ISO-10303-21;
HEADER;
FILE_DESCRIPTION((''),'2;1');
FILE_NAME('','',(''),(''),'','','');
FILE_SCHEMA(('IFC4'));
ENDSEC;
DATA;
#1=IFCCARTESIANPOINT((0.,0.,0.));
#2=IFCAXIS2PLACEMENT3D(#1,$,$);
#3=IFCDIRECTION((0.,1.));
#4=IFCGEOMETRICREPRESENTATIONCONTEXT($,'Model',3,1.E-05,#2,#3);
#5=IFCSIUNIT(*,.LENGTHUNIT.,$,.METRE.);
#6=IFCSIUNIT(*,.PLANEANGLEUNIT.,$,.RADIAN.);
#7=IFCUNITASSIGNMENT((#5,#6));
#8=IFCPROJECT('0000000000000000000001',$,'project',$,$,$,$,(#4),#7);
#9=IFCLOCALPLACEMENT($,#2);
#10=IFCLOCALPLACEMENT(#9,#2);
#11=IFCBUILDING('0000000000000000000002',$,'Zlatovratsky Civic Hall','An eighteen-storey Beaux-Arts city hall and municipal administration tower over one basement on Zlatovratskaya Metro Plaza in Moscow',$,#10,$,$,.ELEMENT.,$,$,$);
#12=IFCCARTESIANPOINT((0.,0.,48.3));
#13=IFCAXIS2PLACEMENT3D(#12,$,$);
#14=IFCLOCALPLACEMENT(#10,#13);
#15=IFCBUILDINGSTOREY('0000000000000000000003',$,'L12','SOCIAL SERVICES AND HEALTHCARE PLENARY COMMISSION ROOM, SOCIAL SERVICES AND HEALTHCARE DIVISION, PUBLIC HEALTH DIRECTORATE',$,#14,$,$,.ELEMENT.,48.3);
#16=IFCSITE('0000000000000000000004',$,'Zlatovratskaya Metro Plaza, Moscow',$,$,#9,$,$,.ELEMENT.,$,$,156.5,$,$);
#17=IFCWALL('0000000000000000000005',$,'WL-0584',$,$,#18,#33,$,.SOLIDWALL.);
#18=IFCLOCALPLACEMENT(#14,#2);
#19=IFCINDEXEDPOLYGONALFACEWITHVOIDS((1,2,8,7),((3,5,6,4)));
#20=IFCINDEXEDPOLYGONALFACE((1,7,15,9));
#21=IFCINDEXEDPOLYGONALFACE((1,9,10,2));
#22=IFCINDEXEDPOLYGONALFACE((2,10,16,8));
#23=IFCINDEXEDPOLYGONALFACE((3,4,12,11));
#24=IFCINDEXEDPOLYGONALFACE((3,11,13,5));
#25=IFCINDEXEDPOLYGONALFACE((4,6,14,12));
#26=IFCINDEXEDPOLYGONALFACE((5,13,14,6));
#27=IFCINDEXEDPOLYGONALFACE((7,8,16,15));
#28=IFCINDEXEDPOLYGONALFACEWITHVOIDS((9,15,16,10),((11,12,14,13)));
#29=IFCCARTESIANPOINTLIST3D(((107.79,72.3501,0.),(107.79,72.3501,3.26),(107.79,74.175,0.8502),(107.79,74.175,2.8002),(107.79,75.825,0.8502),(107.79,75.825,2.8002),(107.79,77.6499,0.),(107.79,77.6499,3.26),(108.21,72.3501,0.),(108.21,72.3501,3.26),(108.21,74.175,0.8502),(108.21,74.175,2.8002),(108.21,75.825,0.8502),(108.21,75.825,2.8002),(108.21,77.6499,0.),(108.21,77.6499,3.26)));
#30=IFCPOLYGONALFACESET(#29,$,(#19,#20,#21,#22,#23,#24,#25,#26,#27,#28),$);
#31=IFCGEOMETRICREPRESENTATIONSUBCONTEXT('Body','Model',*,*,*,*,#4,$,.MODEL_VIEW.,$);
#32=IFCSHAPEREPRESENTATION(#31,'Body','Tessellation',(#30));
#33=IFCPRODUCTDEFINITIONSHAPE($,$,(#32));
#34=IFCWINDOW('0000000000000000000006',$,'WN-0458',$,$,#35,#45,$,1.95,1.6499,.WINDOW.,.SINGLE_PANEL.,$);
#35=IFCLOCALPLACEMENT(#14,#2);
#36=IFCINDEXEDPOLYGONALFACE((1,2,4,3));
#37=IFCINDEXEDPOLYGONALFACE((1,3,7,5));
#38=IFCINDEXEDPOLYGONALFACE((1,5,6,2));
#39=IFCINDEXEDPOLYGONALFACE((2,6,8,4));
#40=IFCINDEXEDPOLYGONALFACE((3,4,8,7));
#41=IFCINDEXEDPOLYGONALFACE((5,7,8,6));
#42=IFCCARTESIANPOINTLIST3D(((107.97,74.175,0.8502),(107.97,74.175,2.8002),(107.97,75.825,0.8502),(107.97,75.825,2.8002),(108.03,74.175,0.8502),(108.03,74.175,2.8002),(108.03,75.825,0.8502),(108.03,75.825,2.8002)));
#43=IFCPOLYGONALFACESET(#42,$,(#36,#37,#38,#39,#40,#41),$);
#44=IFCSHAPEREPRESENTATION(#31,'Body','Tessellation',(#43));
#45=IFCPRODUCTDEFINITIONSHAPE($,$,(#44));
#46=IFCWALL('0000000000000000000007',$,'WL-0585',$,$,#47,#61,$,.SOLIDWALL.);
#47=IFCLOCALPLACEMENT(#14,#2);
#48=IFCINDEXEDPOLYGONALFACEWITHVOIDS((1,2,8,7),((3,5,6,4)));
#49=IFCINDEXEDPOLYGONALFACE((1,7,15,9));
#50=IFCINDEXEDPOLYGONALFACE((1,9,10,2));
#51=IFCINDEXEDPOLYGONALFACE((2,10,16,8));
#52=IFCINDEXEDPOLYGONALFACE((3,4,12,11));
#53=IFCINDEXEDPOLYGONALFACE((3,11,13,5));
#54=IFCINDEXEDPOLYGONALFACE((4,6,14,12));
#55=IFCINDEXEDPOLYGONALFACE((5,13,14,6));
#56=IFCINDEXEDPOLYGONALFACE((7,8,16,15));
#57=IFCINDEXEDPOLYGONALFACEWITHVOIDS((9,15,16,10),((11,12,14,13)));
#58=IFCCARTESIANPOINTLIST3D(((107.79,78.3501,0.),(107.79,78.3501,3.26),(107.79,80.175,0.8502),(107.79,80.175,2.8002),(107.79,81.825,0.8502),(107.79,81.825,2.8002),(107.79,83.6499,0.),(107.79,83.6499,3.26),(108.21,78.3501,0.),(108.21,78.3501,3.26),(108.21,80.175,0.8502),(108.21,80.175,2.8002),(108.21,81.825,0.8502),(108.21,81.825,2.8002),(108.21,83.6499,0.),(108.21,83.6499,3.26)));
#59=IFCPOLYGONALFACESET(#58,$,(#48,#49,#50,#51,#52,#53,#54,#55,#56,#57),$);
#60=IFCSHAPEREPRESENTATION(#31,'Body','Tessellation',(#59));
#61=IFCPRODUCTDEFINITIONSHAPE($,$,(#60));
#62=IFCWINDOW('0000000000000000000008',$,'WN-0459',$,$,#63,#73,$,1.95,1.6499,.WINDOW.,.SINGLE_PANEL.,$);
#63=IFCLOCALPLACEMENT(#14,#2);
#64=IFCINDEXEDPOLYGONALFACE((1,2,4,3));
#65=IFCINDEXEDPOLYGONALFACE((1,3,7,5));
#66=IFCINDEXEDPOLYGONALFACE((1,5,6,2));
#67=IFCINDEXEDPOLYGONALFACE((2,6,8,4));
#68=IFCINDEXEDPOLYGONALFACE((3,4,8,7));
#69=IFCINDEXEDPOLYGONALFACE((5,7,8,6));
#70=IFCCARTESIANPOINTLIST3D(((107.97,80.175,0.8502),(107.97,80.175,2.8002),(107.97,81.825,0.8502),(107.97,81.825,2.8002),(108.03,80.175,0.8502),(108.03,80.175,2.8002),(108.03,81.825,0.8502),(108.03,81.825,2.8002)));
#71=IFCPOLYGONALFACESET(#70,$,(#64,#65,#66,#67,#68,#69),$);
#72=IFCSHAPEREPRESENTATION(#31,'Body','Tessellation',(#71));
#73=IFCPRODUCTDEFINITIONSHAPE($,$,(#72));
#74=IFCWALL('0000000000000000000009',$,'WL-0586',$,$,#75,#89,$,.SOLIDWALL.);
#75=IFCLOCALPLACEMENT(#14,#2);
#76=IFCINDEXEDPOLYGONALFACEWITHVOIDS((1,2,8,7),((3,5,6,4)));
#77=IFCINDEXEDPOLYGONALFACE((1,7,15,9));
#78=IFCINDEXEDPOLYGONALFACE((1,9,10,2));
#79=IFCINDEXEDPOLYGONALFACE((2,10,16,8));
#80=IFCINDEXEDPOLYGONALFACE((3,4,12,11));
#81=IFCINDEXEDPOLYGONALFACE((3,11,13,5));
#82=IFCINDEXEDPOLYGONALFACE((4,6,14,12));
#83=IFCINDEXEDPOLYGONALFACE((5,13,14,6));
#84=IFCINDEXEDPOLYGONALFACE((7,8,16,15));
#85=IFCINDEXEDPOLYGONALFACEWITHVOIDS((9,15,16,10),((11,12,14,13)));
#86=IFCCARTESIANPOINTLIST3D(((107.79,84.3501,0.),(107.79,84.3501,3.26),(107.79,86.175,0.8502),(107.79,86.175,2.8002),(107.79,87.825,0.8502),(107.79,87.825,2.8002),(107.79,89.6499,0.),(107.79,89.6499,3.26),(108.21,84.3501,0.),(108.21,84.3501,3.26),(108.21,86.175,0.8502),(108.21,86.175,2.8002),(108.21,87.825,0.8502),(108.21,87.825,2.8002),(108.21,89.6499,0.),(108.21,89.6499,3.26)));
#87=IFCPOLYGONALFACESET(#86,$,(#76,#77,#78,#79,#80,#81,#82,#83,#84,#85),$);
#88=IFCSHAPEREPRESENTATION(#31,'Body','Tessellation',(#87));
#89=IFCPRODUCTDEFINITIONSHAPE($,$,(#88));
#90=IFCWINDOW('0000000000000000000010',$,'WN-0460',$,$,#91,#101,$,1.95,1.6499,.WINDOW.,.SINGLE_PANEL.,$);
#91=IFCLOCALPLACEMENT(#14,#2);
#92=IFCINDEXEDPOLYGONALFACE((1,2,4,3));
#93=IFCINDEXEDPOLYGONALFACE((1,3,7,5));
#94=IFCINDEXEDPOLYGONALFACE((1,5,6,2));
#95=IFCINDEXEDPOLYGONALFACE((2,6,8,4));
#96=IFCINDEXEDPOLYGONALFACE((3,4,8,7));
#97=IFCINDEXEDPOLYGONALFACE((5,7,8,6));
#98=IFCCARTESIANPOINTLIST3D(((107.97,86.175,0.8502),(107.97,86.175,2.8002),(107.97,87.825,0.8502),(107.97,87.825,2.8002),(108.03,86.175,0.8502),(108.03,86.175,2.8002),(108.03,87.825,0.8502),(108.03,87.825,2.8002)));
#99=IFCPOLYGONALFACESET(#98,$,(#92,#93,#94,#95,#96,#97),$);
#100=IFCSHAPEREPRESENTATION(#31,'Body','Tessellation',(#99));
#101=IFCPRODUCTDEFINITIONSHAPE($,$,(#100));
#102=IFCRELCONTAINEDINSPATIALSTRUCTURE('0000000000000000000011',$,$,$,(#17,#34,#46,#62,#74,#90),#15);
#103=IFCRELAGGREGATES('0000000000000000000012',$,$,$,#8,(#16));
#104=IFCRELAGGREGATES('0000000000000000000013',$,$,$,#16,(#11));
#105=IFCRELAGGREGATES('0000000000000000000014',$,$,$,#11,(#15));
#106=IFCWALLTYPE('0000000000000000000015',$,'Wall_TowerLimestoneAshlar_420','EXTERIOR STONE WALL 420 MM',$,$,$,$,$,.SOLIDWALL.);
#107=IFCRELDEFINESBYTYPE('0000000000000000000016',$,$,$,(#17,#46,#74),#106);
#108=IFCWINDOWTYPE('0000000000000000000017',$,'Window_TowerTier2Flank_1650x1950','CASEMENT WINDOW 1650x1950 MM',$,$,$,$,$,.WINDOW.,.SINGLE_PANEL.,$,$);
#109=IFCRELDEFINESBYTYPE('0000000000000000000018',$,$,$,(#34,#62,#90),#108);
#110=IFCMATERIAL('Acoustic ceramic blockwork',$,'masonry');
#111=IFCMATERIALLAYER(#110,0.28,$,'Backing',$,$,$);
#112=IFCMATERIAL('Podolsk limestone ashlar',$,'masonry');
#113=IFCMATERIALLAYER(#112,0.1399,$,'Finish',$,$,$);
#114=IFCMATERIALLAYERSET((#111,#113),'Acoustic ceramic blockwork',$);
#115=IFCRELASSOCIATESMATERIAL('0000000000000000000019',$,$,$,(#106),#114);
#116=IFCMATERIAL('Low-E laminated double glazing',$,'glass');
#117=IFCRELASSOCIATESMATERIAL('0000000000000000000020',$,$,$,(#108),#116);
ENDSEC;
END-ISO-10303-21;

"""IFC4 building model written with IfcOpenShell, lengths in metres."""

from ifc_helpers import new_model, si_unit, direction, frame, frame_2d, origin, place, context, subcontext, project, spatial, rectangle, extrude, material, layer, layer_set, type_object, element, fill, save


model = new_model("IFC4")

# Units and contexts
model_context = context("Model", 3, precision=1e-05, world=origin(), true_north=direction((0.0, 1.0)))
body_context = subcontext(model_context, "Body", "Model", "MODEL_VIEW")
ifc_project = project(units=[si_unit("LENGTHUNIT", "METRE"), si_unit("PLANEANGLEUNIT", "RADIAN")], contexts=[model_context])

# Site, building, storey
site_placement = place(None, origin())
site = spatial("IfcSite", under=ifc_project, at=site_placement, Name="Zlatovratskaya Metro Plaza, Moscow", CompositionType="ELEMENT", RefElevation=156.5)
building_placement = place(site_placement, origin())
building = spatial("IfcBuilding", under=site, at=building_placement, Name="Zlatovratsky Civic Hall", Description="An eighteen-storey Beaux-Arts city hall and municipal administration tower over one basement on Zlatovratskaya Metro Plaza in Moscow", CompositionType="ELEMENT")
storey_placement = place(building_placement, frame((0.0, 0.0, 48.3)))
storey = spatial("IfcBuildingStorey", under=building, at=storey_placement, Name="L12", Description="SOCIAL SERVICES AND HEALTHCARE PLENARY COMMISSION ROOM, SOCIAL SERVICES AND HEALTHCARE DIVISION, PUBLIC HEALTH DIRECTORATE", CompositionType="ELEMENT", Elevation=48.3)

# Walls, openings, windows
ifc_material_1 = material(Name="Acoustic ceramic blockwork", Category="masonry")
ifc_layer_1 = layer(ifc_material_1, 0.28, Name="Backing")
ifc_material_2 = material(Name="Podolsk limestone ashlar", Category="masonry")
ifc_layer_2 = layer(ifc_material_2, 0.1399, Name="Finish")
ifc_layer_set_1 = layer_set([ifc_layer_1, ifc_layer_2], Name="Acoustic ceramic blockwork")
wall_type_1 = type_object("IfcWallType", Name="Wall_TowerLimestoneAshlar_420", Description="EXTERIOR STONE WALL 420 MM", PredefinedType="SOLIDWALL", material=ifc_layer_set_1)
ifc_material_3 = material(Name="Low-E laminated double glazing", Category="glass")
wall_1_placement = place(storey_placement, frame((108.0, 72.3501, 0.0), z_axis=(0.0, 0.0, 1.0), x_axis=(0.0, 1.0, 0.0)))
wall_1 = element("IfcWall", 1, at=wall_1_placement, inside=storey, type_object=wall_type_1, Name="WL-0584", PredefinedType="SOLIDWALL", context=body_context, shape_type="SweptSolid", body=[
    extrude(rectangle(XDim=5.2998, YDim=0.4199, at=frame_2d((2.6499, 0.0))), origin(), (0.0, 0.0, 1.0), 3.26),
])
opening_1_placement = place(wall_1_placement, frame((1.825, 0.0, 0.8501)))
opening_1 = element("IfcOpeningElement", 2, at=opening_1_placement, cuts=wall_1, PredefinedType="OPENING", context=body_context, shape_type="SweptSolid", body=[
    extrude(rectangle(XDim=1.6499, YDim=1.95, at=frame_2d((0.825, 0.9751))), frame((0.0, 0.2249, 0.0), z_axis=(0.0, -1.0, 0.0), x_axis=(1.0, 0.0, 0.0)), (0.0, 0.0, 1.0), 0.4497),
])
window_type_1 = type_object("IfcWindowType", Name="Window_TowerTier2Flank_1650x1950", Description="CASEMENT WINDOW 1650x1950 MM", PartitioningType="SINGLE_PANEL", PredefinedType="WINDOW", material=ifc_material_3)
window_1_placement = place(opening_1_placement, origin())
window_1 = element("IfcWindow", 3, at=window_1_placement, inside=storey, type_object=window_type_1, Name="WN-0458", OverallHeight=1.95, OverallWidth=1.6499, PartitioningType="SINGLE_PANEL", PredefinedType="WINDOW", context=body_context, shape_type="SweptSolid", body=[
    extrude(rectangle(XDim=1.6499, YDim=1.95, at=frame_2d((0.825, 0.9751))), frame((0.0, 0.03, 0.0), z_axis=(0.0, -1.0, 0.0), x_axis=(1.0, 0.0, 0.0)), (0.0, 0.0, 1.0), 0.0601),
])
fill(opening_1, window_1)
wall_2_placement = place(storey_placement, frame((108.0, 78.3501, 0.0), z_axis=(0.0, 0.0, 1.0), x_axis=(0.0, 1.0, 0.0)))
wall_2 = element("IfcWall", 4, at=wall_2_placement, inside=storey, type_object=wall_type_1, Name="WL-0585", PredefinedType="SOLIDWALL", context=body_context, shape_type="SweptSolid", body=[
    extrude(rectangle(XDim=5.2998, YDim=0.4199, at=frame_2d((2.6499, 0.0))), origin(), (0.0, 0.0, 1.0), 3.26),
])
opening_2_placement = place(wall_2_placement, frame((1.825, 0.0, 0.8501)))
opening_2 = element("IfcOpeningElement", 5, at=opening_2_placement, cuts=wall_2, PredefinedType="OPENING", context=body_context, shape_type="SweptSolid", body=[
    extrude(rectangle(XDim=1.6499, YDim=1.95, at=frame_2d((0.825, 0.9751))), frame((0.0, 0.2249, 0.0), z_axis=(0.0, -1.0, 0.0), x_axis=(1.0, 0.0, 0.0)), (0.0, 0.0, 1.0), 0.4497),
])
window_2_placement = place(opening_2_placement, origin())
window_2 = element("IfcWindow", 6, at=window_2_placement, inside=storey, type_object=window_type_1, Name="WN-0459", OverallHeight=1.95, OverallWidth=1.6499, PartitioningType="SINGLE_PANEL", PredefinedType="WINDOW", context=body_context, shape_type="SweptSolid", body=[
    extrude(rectangle(XDim=1.6499, YDim=1.95, at=frame_2d((0.825, 0.9751))), frame((0.0, 0.03, 0.0), z_axis=(0.0, -1.0, 0.0), x_axis=(1.0, 0.0, 0.0)), (0.0, 0.0, 1.0), 0.0601),
])
fill(opening_2, window_2)
wall_3_placement = place(storey_placement, frame((108.0, 84.3501, 0.0), z_axis=(0.0, 0.0, 1.0), x_axis=(0.0, 1.0, 0.0)))
wall_3 = element("IfcWall", 7, at=wall_3_placement, inside=storey, type_object=wall_type_1, Name="WL-0586", PredefinedType="SOLIDWALL", context=body_context, shape_type="SweptSolid", body=[
    extrude(rectangle(XDim=5.2998, YDim=0.4199, at=frame_2d((2.6499, 0.0))), origin(), (0.0, 0.0, 1.0), 3.26),
])
opening_3_placement = place(wall_3_placement, frame((1.825, 0.0, 0.8501)))
opening_3 = element("IfcOpeningElement", 8, at=opening_3_placement, cuts=wall_3, PredefinedType="OPENING", context=body_context, shape_type="SweptSolid", body=[
    extrude(rectangle(XDim=1.6499, YDim=1.95, at=frame_2d((0.825, 0.9751))), frame((0.0, 0.2249, 0.0), z_axis=(0.0, -1.0, 0.0), x_axis=(1.0, 0.0, 0.0)), (0.0, 0.0, 1.0), 0.4497),
])
window_3_placement = place(opening_3_placement, origin())
window_3 = element("IfcWindow", 9, at=window_3_placement, inside=storey, type_object=window_type_1, Name="WN-0460", OverallHeight=1.95, OverallWidth=1.6499, PartitioningType="SINGLE_PANEL", PredefinedType="WINDOW", context=body_context, shape_type="SweptSolid", body=[
    extrude(rectangle(XDim=1.6499, YDim=1.95, at=frame_2d((0.825, 0.9751))), frame((0.0, 0.03, 0.0), z_axis=(0.0, -1.0, 0.0), x_axis=(1.0, 0.0, 0.0)), (0.0, 0.0, 1.0), 0.0601),
])
fill(opening_3, window_3)

save(model, "model.ifc")
